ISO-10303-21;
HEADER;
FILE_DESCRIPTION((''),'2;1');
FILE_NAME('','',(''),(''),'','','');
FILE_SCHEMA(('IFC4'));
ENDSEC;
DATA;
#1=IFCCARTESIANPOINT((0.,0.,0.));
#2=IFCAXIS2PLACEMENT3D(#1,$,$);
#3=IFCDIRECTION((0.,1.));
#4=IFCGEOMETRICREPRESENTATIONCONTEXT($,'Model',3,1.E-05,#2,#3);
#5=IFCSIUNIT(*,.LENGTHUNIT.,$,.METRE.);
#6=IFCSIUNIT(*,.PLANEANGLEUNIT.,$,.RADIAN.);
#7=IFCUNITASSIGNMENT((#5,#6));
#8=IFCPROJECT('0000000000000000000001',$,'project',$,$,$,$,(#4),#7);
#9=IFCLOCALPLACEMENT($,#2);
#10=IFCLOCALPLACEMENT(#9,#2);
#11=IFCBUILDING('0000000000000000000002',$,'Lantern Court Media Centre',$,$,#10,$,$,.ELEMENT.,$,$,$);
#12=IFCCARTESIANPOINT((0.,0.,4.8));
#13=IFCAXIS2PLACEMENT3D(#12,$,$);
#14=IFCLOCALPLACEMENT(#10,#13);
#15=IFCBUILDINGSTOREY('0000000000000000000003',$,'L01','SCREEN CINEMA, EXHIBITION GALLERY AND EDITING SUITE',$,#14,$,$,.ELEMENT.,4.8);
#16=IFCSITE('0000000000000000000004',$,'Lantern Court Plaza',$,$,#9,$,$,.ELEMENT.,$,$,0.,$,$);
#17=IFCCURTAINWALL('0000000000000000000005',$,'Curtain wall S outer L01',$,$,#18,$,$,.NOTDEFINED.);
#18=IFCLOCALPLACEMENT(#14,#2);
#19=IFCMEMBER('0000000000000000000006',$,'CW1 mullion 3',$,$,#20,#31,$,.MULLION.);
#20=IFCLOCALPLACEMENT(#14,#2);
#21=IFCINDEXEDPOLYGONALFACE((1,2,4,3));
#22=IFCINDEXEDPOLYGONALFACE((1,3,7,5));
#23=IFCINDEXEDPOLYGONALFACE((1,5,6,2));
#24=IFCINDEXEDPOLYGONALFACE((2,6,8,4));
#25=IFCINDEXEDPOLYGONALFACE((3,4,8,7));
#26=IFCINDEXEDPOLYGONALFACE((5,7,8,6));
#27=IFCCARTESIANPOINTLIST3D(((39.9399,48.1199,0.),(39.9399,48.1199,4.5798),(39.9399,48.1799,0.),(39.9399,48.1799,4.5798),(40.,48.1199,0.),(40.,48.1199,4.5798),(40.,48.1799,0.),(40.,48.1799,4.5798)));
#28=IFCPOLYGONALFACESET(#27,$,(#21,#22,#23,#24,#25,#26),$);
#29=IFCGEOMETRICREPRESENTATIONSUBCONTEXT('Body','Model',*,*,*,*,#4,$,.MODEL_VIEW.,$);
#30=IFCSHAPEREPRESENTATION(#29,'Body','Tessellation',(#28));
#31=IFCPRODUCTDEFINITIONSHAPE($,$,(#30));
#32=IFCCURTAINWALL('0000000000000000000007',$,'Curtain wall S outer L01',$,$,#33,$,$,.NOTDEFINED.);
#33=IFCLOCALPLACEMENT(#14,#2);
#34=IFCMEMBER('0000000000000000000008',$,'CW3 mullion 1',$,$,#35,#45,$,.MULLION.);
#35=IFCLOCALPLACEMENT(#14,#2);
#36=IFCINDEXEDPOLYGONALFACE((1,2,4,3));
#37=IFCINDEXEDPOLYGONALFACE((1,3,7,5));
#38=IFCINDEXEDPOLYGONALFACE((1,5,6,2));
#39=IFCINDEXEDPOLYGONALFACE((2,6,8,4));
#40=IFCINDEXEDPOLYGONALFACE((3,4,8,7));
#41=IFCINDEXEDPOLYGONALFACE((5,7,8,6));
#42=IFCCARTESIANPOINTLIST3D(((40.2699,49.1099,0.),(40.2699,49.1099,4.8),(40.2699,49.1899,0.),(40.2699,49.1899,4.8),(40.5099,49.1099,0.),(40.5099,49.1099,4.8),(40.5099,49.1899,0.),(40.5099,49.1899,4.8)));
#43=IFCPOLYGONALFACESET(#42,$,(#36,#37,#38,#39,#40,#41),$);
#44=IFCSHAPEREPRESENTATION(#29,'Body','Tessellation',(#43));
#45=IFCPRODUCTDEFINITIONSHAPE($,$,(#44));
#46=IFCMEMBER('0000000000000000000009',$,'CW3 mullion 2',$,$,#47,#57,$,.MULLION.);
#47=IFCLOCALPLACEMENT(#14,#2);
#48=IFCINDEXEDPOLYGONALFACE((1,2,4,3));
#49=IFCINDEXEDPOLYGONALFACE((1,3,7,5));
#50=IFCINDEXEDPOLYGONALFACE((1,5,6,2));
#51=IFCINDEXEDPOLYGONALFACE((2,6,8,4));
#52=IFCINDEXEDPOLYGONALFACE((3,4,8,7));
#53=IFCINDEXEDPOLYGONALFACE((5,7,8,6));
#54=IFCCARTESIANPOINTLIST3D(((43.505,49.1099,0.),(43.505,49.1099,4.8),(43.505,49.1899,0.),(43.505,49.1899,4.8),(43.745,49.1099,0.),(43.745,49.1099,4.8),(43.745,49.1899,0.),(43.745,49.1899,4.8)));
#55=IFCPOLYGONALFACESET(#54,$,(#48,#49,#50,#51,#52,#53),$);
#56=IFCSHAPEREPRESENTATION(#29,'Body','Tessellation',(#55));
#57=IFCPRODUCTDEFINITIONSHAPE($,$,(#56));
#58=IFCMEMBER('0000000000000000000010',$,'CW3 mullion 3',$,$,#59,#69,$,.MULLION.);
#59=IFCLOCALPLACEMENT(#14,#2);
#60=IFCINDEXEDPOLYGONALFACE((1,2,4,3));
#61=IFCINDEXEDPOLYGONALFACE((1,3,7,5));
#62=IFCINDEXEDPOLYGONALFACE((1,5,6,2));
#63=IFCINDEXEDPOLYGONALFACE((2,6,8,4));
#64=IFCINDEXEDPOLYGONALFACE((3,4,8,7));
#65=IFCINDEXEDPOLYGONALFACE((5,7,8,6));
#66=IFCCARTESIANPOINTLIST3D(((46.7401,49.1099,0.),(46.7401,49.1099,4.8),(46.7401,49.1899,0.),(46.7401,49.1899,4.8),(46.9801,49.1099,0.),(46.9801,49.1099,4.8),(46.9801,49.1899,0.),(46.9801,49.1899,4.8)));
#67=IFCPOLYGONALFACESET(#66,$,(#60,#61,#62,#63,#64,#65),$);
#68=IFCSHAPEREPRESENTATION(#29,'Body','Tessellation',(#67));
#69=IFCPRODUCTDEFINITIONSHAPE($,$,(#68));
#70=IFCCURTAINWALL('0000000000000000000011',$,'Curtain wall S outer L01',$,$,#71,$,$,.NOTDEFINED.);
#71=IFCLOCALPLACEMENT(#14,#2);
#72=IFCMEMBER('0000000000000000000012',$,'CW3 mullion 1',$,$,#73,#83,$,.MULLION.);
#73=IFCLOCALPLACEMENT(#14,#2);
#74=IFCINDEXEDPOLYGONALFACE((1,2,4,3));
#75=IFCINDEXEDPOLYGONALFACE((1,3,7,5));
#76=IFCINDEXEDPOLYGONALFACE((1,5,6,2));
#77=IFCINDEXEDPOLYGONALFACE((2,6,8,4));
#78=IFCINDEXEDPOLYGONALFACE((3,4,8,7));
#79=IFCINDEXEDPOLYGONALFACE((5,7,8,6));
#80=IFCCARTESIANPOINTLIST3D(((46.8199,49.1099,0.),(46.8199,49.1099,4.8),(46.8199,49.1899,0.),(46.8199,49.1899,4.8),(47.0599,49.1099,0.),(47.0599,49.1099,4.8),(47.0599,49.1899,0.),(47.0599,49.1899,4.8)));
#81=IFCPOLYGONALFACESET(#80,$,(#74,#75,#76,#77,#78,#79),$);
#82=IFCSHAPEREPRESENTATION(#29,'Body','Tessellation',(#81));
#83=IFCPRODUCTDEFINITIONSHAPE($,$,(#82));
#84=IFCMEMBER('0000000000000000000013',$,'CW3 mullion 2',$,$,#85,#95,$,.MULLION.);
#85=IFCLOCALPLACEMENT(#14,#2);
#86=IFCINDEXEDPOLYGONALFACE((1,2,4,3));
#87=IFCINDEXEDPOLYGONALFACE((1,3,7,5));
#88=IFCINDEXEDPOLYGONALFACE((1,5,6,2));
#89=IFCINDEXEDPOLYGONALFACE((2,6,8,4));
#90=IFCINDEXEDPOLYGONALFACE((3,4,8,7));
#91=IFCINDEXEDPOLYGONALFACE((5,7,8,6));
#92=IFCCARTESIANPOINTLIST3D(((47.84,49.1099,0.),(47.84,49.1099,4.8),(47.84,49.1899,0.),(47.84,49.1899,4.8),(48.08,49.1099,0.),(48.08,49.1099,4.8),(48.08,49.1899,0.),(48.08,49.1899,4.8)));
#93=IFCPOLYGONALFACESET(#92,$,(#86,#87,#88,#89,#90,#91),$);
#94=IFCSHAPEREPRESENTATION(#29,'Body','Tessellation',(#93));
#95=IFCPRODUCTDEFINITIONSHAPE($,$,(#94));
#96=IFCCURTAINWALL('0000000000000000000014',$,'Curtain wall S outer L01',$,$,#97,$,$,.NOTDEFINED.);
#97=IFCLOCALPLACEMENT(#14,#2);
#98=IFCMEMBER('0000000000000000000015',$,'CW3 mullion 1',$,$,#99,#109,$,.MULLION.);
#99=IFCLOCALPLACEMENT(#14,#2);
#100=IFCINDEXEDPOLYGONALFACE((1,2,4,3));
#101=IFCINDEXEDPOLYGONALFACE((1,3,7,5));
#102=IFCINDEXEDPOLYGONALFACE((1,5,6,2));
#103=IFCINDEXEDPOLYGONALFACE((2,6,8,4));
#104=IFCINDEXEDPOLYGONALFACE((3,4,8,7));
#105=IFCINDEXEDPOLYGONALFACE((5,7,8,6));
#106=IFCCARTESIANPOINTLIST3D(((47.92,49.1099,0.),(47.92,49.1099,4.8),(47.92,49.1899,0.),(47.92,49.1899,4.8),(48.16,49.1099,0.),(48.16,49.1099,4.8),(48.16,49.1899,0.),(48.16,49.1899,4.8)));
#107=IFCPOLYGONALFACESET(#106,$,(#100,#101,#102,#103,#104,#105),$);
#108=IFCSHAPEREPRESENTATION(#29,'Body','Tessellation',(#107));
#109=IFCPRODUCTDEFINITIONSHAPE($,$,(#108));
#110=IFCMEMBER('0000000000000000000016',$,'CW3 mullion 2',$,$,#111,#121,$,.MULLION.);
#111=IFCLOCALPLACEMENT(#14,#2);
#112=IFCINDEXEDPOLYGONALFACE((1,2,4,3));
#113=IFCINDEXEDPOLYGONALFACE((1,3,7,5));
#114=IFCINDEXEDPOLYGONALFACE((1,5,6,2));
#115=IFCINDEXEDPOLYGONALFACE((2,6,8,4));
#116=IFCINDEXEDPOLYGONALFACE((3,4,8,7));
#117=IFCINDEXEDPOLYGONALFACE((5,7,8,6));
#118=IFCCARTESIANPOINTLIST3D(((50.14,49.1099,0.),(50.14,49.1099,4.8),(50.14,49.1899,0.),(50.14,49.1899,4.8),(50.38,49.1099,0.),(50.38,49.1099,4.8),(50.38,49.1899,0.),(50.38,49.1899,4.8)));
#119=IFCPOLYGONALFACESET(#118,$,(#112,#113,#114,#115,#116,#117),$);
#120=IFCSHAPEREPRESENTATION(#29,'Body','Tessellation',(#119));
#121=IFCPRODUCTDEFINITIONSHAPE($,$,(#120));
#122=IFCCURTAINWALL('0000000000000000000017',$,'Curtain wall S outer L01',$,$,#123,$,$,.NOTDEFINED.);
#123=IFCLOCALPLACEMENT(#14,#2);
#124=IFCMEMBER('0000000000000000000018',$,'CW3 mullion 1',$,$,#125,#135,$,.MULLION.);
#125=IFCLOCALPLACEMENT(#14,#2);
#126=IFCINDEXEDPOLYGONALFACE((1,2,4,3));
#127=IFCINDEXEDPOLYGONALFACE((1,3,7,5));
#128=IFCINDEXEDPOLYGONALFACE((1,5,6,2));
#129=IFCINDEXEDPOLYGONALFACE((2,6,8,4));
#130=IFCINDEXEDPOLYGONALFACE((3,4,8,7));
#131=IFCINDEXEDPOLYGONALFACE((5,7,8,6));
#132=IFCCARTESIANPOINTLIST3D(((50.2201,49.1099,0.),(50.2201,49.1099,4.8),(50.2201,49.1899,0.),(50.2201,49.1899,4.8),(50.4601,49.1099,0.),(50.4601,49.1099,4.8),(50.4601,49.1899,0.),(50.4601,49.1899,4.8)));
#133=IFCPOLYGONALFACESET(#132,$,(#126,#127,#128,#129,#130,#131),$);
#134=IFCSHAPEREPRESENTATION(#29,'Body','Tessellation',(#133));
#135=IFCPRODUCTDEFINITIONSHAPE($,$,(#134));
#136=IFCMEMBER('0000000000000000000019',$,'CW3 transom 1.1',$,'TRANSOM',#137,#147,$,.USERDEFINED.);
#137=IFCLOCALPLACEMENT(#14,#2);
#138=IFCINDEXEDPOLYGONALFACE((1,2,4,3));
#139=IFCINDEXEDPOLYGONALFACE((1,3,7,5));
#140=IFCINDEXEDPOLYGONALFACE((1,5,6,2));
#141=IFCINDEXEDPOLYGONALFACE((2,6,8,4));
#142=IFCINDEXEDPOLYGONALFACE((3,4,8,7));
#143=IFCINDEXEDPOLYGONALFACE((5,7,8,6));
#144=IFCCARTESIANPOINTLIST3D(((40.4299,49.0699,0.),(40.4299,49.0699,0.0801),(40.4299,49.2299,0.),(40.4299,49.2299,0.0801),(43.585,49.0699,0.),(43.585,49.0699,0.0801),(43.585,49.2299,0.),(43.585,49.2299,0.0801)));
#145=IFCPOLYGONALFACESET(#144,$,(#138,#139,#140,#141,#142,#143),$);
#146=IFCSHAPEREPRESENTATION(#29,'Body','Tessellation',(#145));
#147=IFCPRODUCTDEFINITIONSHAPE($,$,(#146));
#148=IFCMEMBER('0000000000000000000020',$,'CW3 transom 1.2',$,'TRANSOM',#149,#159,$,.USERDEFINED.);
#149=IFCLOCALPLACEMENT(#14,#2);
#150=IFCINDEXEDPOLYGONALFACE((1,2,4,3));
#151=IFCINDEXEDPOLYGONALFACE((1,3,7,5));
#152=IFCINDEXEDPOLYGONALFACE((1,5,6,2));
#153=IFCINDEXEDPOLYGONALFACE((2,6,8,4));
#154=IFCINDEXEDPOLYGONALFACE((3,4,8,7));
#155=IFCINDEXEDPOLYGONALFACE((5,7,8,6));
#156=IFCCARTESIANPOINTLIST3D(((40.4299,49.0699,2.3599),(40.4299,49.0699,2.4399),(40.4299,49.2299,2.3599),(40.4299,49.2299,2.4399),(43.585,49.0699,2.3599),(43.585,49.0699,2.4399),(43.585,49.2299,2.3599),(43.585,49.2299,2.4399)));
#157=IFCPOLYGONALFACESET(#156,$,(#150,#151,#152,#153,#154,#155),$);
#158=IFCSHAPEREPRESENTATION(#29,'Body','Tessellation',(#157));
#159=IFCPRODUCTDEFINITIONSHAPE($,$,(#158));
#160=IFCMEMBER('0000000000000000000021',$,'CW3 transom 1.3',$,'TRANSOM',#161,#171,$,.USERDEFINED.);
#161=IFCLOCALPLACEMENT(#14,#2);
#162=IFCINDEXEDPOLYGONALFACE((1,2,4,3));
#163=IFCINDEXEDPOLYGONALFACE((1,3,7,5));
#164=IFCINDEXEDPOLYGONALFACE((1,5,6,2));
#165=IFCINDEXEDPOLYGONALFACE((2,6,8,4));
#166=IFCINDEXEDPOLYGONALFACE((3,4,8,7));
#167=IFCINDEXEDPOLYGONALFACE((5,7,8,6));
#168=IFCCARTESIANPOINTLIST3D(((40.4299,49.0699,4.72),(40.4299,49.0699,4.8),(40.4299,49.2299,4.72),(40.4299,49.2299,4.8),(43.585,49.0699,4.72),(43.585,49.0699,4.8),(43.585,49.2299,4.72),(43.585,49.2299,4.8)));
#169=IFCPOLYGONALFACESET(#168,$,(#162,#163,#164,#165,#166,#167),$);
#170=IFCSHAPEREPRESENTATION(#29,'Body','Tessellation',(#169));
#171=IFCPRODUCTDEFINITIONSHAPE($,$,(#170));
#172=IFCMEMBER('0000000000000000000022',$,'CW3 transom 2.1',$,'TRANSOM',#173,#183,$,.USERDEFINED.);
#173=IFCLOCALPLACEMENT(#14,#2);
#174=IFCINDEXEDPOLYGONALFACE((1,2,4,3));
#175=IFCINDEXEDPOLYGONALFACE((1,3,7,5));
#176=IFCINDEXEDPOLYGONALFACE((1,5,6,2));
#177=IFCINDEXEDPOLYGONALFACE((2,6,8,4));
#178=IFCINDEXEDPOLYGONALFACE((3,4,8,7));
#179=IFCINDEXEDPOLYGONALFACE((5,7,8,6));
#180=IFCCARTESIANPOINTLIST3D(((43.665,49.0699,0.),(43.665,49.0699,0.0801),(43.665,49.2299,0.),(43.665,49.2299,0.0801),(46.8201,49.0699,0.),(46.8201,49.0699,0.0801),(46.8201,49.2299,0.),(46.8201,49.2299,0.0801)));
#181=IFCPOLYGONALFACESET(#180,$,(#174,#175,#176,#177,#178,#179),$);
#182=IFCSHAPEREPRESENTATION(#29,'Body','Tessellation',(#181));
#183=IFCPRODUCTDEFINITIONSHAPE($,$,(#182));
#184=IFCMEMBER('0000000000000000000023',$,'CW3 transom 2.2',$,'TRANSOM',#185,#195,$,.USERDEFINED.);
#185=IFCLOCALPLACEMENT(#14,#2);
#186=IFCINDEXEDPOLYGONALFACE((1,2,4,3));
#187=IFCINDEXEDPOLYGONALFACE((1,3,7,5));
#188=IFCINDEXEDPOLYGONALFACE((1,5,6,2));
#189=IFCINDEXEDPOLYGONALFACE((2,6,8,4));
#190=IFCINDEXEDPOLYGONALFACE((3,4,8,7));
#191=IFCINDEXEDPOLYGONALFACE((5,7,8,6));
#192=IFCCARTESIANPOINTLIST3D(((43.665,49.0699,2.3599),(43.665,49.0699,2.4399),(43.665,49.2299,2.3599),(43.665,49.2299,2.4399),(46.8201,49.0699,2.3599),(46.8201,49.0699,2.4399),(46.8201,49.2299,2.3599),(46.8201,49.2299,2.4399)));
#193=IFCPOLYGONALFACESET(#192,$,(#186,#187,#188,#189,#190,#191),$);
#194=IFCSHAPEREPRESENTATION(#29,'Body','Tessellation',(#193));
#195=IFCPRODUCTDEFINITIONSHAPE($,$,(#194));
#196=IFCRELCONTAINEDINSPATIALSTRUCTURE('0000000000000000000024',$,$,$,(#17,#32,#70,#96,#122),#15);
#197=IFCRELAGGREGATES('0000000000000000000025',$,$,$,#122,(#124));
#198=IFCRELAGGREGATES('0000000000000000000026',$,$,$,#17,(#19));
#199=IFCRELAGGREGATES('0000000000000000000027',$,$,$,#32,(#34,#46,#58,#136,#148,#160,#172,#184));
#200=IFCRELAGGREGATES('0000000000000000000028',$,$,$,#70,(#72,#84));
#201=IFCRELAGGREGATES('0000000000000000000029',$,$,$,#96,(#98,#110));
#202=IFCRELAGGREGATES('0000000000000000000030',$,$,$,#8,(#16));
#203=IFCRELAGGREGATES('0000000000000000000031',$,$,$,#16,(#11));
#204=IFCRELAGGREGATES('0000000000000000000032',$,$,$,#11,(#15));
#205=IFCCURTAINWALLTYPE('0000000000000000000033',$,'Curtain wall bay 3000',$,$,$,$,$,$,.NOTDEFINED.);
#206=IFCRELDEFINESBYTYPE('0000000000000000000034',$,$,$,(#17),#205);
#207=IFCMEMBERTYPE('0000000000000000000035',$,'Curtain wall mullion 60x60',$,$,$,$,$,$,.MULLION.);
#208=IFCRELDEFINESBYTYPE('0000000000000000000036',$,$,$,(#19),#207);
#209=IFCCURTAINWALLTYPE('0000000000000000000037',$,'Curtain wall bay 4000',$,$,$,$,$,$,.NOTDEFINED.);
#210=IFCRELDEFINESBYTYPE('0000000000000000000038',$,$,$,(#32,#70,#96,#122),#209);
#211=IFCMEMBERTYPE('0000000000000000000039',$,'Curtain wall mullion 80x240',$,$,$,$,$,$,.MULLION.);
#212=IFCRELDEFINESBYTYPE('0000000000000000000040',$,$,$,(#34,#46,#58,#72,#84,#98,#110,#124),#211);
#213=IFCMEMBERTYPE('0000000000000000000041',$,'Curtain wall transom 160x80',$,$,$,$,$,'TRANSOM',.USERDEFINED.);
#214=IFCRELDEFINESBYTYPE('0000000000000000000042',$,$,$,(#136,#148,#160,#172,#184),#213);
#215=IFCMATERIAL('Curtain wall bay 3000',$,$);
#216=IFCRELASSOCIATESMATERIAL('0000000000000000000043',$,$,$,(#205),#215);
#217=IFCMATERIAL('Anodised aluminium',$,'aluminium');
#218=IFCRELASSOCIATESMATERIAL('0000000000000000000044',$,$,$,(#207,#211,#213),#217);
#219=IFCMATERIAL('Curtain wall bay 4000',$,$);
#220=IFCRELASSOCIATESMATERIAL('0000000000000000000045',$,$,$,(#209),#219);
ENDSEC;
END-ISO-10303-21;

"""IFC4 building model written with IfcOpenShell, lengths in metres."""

from ifc_helpers import new_model, si_unit, direction, frame, origin, origin_2d, place, context, subcontext, project, spatial, rectangle, extrude, material, material_profile, profile_set, type_object, element, aggregate, save


model = new_model("IFC4")

# Units and contexts
model_context = context("Model", 3, precision=1e-05, world=origin(), true_north=direction((0.0, 1.0)))
body_context = subcontext(model_context, "Body", "Model", "MODEL_VIEW")
ifc_project = project(units=[si_unit("LENGTHUNIT", "METRE"), si_unit("PLANEANGLEUNIT", "RADIAN")], contexts=[model_context])

# Site, building, storey
site_placement = place(None, origin())
site = spatial("IfcSite", under=ifc_project, at=site_placement, Name="Lantern Court Plaza", CompositionType="ELEMENT", RefElevation=0.0)
building_placement = place(site_placement, origin())
building = spatial("IfcBuilding", under=site, at=building_placement, Name="Lantern Court Media Centre", CompositionType="ELEMENT")
storey_placement = place(building_placement, frame((0.0, 0.0, 4.8)))
storey = spatial("IfcBuildingStorey", under=building, at=storey_placement, Name="L01", Description="SCREEN CINEMA, EXHIBITION GALLERY AND EDITING SUITE", CompositionType="ELEMENT", Elevation=4.8)

# Curtain wall, member
ifc_material_1 = material(Name="Curtain wall bay 3000")
curtain_wall_type_1 = type_object("IfcCurtainWallType", Name="Curtain wall bay 3000", PredefinedType="NOTDEFINED", material=ifc_material_1)
curtain_wall_1_placement = place(storey_placement, origin())
curtain_wall_1 = element("IfcCurtainWall", 1, at=curtain_wall_1_placement, inside=storey, type_object=curtain_wall_type_1, Name="Curtain wall S outer L01", PredefinedType="NOTDEFINED")
ifc_material_2 = material(Name="Anodised aluminium", Category="aluminium")
ifc_material_profile_1 = material_profile(ifc_material_2, rectangle(XDim=0.0601, YDim=0.0601, at=origin_2d()), Name="AL 60x60")
ifc_profile_set_1 = profile_set([ifc_material_profile_1], Name="Anodised aluminium")
member_type_1 = type_object("IfcMemberType", Name="Curtain wall mullion 60x60", PredefinedType="MULLION", material=ifc_profile_set_1)
member_1_placement = place(storey_placement, frame((39.97, 48.1499, 0.0), z_axis=(0.0, 0.0, 1.0), x_axis=(0.0, 1.0, 0.0)))
member_1 = element("IfcMember", 2, at=member_1_placement, type_object=member_type_1, Name="CW1 mullion 3", PredefinedType="MULLION", context=body_context, shape_type="SweptSolid", body=[
    extrude(rectangle(XDim=0.0601, YDim=0.0601, at=origin_2d()), origin(), (0.0, 0.0, 1.0), 4.5798),
])

# Curtain walls, members
ifc_material_3 = material(Name="Curtain wall bay 4000")
curtain_wall_type_2 = type_object("IfcCurtainWallType", Name="Curtain wall bay 4000", PredefinedType="NOTDEFINED", material=ifc_material_3)
curtain_wall_2_placement = place(storey_placement, origin())
curtain_wall_2 = element("IfcCurtainWall", 3, at=curtain_wall_2_placement, inside=storey, type_object=curtain_wall_type_2, Name="Curtain wall S outer L01", PredefinedType="NOTDEFINED")
ifc_material_profile_2 = material_profile(ifc_material_2, rectangle(XDim=0.0801, YDim=0.24, at=origin_2d()), Name="AL 80x240")
ifc_profile_set_2 = profile_set([ifc_material_profile_2], Name="Anodised aluminium")
member_type_2 = type_object("IfcMemberType", Name="Curtain wall mullion 80x240", PredefinedType="MULLION", material=ifc_profile_set_2)
member_2_placement = place(storey_placement, frame((40.3899, 49.1499, 0.0), z_axis=(0.0, 0.0, 1.0), x_axis=(0.0, 1.0, 0.0)))
member_2 = element("IfcMember", 4, at=member_2_placement, type_object=member_type_2, Name="CW3 mullion 1", PredefinedType="MULLION", context=body_context, shape_type="SweptSolid", body=[
    extrude(rectangle(XDim=0.0801, YDim=0.24, at=origin_2d()), origin(), (0.0, 0.0, 1.0), 4.8),
])
member_3_placement = place(storey_placement, frame((43.625, 49.1499, 0.0), z_axis=(0.0, 0.0, 1.0), x_axis=(0.0, 1.0, 0.0)))
member_3 = element("IfcMember", 5, at=member_3_placement, type_object=member_type_2, Name="CW3 mullion 2", PredefinedType="MULLION", context=body_context, shape_type="SweptSolid", body=[
    extrude(rectangle(XDim=0.0801, YDim=0.24, at=origin_2d()), origin(), (0.0, 0.0, 1.0), 4.8),
])
member_4_placement = place(storey_placement, frame((46.8601, 49.1499, 0.0), z_axis=(0.0, 0.0, 1.0), x_axis=(0.0, 1.0, 0.0)))
member_4 = element("IfcMember", 6, at=member_4_placement, type_object=member_type_2, Name="CW3 mullion 3", PredefinedType="MULLION", context=body_context, shape_type="SweptSolid", body=[
    extrude(rectangle(XDim=0.0801, YDim=0.24, at=origin_2d()), origin(), (0.0, 0.0, 1.0), 4.8),
])
curtain_wall_3_placement = place(storey_placement, origin())
curtain_wall_3 = element("IfcCurtainWall", 7, at=curtain_wall_3_placement, inside=storey, type_object=curtain_wall_type_2, Name="Curtain wall S outer L01", PredefinedType="NOTDEFINED")
member_5_placement = place(storey_placement, frame((46.9399, 49.1499, 0.0), z_axis=(0.0, 0.0, 1.0), x_axis=(0.0, 1.0, 0.0)))
member_5 = element("IfcMember", 8, at=member_5_placement, type_object=member_type_2, Name="CW3 mullion 1", PredefinedType="MULLION", context=body_context, shape_type="SweptSolid", body=[
    extrude(rectangle(XDim=0.0801, YDim=0.24, at=origin_2d()), origin(), (0.0, 0.0, 1.0), 4.8),
])
member_6_placement = place(storey_placement, frame((47.96, 49.1499, 0.0), z_axis=(0.0, 0.0, 1.0), x_axis=(0.0, 1.0, 0.0)))
member_6 = element("IfcMember", 9, at=member_6_placement, type_object=member_type_2, Name="CW3 mullion 2", PredefinedType="MULLION", context=body_context, shape_type="SweptSolid", body=[
    extrude(rectangle(XDim=0.0801, YDim=0.24, at=origin_2d()), origin(), (0.0, 0.0, 1.0), 4.8),
])
curtain_wall_4_placement = place(storey_placement, origin())
curtain_wall_4 = element("IfcCurtainWall", 10, at=curtain_wall_4_placement, inside=storey, type_object=curtain_wall_type_2, Name="Curtain wall S outer L01", PredefinedType="NOTDEFINED")
member_7_placement = place(storey_placement, frame((48.04, 49.1499, 0.0), z_axis=(0.0, 0.0, 1.0), x_axis=(0.0, 1.0, 0.0)))
member_7 = element("IfcMember", 11, at=member_7_placement, type_object=member_type_2, Name="CW3 mullion 1", PredefinedType="MULLION", context=body_context, shape_type="SweptSolid", body=[
    extrude(rectangle(XDim=0.0801, YDim=0.24, at=origin_2d()), origin(), (0.0, 0.0, 1.0), 4.8),
])
member_8_placement = place(storey_placement, frame((50.26, 49.1499, 0.0), z_axis=(0.0, 0.0, 1.0), x_axis=(0.0, 1.0, 0.0)))
member_8 = element("IfcMember", 12, at=member_8_placement, type_object=member_type_2, Name="CW3 mullion 2", PredefinedType="MULLION", context=body_context, shape_type="SweptSolid", body=[
    extrude(rectangle(XDim=0.0801, YDim=0.24, at=origin_2d()), origin(), (0.0, 0.0, 1.0), 4.8),
])

# Curtain wall, member
curtain_wall_5_placement = place(storey_placement, origin())
curtain_wall_5 = element("IfcCurtainWall", 13, at=curtain_wall_5_placement, inside=storey, type_object=curtain_wall_type_2, Name="Curtain wall S outer L01", PredefinedType="NOTDEFINED")
member_9_placement = place(storey_placement, frame((50.3401, 49.1499, 0.0), z_axis=(0.0, 0.0, 1.0), x_axis=(0.0, 1.0, 0.0)))
member_9 = element("IfcMember", 14, at=member_9_placement, type_object=member_type_2, Name="CW3 mullion 1", PredefinedType="MULLION", context=body_context, shape_type="SweptSolid", body=[
    extrude(rectangle(XDim=0.0801, YDim=0.24, at=origin_2d()), origin(), (0.0, 0.0, 1.0), 4.8),
])

# Members
ifc_material_profile_3 = material_profile(ifc_material_2, rectangle(XDim=0.1599, YDim=0.0801, at=origin_2d()), Name="AL 80x160")
ifc_profile_set_3 = profile_set([ifc_material_profile_3], Name="Anodised aluminium")
member_type_3 = type_object("IfcMemberType", Name="Curtain wall transom 160x80", ElementType="TRANSOM", PredefinedType="USERDEFINED", material=ifc_profile_set_3)
member_10_placement = place(storey_placement, frame((40.4299, 49.1499, 0.04), z_axis=(1.0, 0.0, 0.0), x_axis=(0.0, 1.0, 0.0)))
member_10 = element("IfcMember", 15, at=member_10_placement, type_object=member_type_3, Name="CW3 transom 1.1", ObjectType="TRANSOM", PredefinedType="USERDEFINED", context=body_context, shape_type="SweptSolid", body=[
    extrude(rectangle(XDim=0.1599, YDim=0.0801, at=origin_2d()), origin(), (0.0, 0.0, 1.0), 3.155),
])
member_11_placement = place(storey_placement, frame((40.4299, 49.1499, 2.3999), z_axis=(1.0, 0.0, 0.0), x_axis=(0.0, 1.0, 0.0)))
member_11 = element("IfcMember", 16, at=member_11_placement, type_object=member_type_3, Name="CW3 transom 1.2", ObjectType="TRANSOM", PredefinedType="USERDEFINED", context=body_context, shape_type="SweptSolid", body=[
    extrude(rectangle(XDim=0.1599, YDim=0.0801, at=origin_2d()), origin(), (0.0, 0.0, 1.0), 3.155),
])
member_12_placement = place(storey_placement, frame((40.4299, 49.1499, 4.76), z_axis=(1.0, 0.0, 0.0), x_axis=(0.0, 1.0, 0.0)))
member_12 = element("IfcMember", 17, at=member_12_placement, type_object=member_type_3, Name="CW3 transom 1.3", ObjectType="TRANSOM", PredefinedType="USERDEFINED", context=body_context, shape_type="SweptSolid", body=[
    extrude(rectangle(XDim=0.1599, YDim=0.0801, at=origin_2d()), origin(), (0.0, 0.0, 1.0), 3.155),
])
member_13_placement = place(storey_placement, frame((43.665, 49.1499, 0.04), z_axis=(1.0, 0.0, 0.0), x_axis=(0.0, 1.0, 0.0)))
member_13 = element("IfcMember", 18, at=member_13_placement, type_object=member_type_3, Name="CW3 transom 2.1", ObjectType="TRANSOM", PredefinedType="USERDEFINED", context=body_context, shape_type="SweptSolid", body=[
    extrude(rectangle(XDim=0.1599, YDim=0.0801, at=origin_2d()), origin(), (0.0, 0.0, 1.0), 3.155),
])
member_14_placement = place(storey_placement, frame((43.665, 49.1499, 2.3999), z_axis=(1.0, 0.0, 0.0), x_axis=(0.0, 1.0, 0.0)))
member_14 = element("IfcMember", 19, at=member_14_placement, type_object=member_type_3, Name="CW3 transom 2.2", ObjectType="TRANSOM", PredefinedType="USERDEFINED", context=body_context, shape_type="SweptSolid", body=[
    extrude(rectangle(XDim=0.1599, YDim=0.0801, at=origin_2d()), origin(), (0.0, 0.0, 1.0), 3.155),
])
aggregate(curtain_wall_5, [member_9])

aggregate(curtain_wall_1, [member_1])
aggregate(curtain_wall_2, [member_2, member_3, member_4, member_10, member_11, member_12, member_13, member_14])
aggregate(curtain_wall_3, [member_5, member_6])
aggregate(curtain_wall_4, [member_7, member_8])

save(model, "model.ifc")
